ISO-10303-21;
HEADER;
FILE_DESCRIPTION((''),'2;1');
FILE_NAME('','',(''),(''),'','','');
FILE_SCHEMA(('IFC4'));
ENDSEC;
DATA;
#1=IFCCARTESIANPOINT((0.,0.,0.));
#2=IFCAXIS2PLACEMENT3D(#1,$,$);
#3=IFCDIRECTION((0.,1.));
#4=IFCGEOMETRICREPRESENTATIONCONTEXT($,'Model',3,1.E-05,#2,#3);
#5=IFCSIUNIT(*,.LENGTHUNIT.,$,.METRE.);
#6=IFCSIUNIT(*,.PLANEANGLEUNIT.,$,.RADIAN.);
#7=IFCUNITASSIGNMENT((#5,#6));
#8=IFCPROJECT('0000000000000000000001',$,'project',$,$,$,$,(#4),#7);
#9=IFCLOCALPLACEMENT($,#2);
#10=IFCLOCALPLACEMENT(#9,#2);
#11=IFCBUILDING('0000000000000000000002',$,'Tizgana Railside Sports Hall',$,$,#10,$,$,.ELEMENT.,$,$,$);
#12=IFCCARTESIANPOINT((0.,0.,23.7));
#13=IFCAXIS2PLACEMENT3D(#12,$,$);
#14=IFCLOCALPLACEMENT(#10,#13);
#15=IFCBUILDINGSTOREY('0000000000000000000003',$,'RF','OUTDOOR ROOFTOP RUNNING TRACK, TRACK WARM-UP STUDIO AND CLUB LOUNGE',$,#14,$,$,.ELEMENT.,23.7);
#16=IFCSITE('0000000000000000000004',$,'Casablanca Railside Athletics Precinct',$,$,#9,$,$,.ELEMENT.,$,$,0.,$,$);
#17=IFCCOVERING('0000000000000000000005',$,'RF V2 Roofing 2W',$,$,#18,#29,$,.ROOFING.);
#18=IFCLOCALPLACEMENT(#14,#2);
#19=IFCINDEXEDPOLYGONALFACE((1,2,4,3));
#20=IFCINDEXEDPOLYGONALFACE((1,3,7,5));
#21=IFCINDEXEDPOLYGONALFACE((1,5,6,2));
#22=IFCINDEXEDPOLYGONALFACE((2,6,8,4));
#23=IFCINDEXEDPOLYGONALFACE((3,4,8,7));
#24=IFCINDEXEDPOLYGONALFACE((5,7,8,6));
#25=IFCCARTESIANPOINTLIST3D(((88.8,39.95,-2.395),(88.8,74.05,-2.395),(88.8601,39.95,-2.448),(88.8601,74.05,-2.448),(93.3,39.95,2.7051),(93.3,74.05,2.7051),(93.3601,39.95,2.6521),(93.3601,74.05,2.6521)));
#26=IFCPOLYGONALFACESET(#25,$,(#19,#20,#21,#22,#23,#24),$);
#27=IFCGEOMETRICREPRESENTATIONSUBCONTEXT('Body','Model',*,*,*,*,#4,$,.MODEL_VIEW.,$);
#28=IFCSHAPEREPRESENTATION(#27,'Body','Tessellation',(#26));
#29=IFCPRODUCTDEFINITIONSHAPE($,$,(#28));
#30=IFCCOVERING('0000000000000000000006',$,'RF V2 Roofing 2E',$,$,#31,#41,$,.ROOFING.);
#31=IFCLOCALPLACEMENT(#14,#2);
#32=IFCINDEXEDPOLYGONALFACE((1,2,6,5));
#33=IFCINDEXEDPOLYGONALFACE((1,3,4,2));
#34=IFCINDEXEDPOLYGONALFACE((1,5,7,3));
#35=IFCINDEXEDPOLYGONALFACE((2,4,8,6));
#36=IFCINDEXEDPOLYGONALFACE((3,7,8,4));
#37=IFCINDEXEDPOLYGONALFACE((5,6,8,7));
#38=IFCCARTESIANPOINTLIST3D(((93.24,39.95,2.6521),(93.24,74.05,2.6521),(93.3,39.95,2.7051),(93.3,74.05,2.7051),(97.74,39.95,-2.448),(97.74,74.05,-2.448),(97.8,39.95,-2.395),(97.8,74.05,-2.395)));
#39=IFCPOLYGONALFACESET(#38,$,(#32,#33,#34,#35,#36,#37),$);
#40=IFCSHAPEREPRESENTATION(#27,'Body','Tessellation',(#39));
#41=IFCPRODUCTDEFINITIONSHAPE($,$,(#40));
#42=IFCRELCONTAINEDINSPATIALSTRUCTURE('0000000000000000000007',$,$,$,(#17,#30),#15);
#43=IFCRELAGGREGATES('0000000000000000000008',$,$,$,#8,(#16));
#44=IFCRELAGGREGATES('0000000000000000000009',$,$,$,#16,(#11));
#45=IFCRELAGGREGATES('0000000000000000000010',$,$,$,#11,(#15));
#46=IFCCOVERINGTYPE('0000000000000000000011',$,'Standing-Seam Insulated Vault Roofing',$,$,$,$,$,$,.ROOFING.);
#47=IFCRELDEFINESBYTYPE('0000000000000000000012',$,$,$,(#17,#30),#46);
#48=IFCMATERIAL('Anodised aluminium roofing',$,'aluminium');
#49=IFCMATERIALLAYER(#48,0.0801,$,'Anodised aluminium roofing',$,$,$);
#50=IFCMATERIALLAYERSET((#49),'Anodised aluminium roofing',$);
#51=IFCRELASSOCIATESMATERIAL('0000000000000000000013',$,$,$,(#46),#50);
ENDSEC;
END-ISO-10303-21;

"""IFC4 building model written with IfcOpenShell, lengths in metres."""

from ifc_helpers import new_model, si_unit, direction, frame, origin, place, context, subcontext, project, spatial, polyline, outline, extrude, material, layer, layer_set, type_object, element, save


model = new_model("IFC4")

# Units and contexts
model_context = context("Model", 3, precision=1e-05, world=origin(), true_north=direction((0.0, 1.0)))
body_context = subcontext(model_context, "Body", "Model", "MODEL_VIEW")
ifc_project = project(units=[si_unit("LENGTHUNIT", "METRE"), si_unit("PLANEANGLEUNIT", "RADIAN")], contexts=[model_context])

# Site, building, storey
site_placement = place(None, origin())
site = spatial("IfcSite", under=ifc_project, at=site_placement, Name="Casablanca Railside Athletics Precinct", CompositionType="ELEMENT", RefElevation=0.0)
building_placement = place(site_placement, origin())
building = spatial("IfcBuilding", under=site, at=building_placement, Name="Tizgana Railside Sports Hall", CompositionType="ELEMENT")
storey_placement = place(building_placement, frame((0.0, 0.0, 23.7)))
storey = spatial("IfcBuildingStorey", under=building, at=storey_placement, Name="RF", Description="OUTDOOR ROOFTOP RUNNING TRACK, TRACK WARM-UP STUDIO AND CLUB LOUNGE", CompositionType="ELEMENT", Elevation=23.7)

# Coverings
ifc_material_1 = material(Name="Anodised aluminium roofing", Category="aluminium")
ifc_layer_1 = layer(ifc_material_1, 0.0801, Name="Anodised aluminium roofing")
ifc_layer_set_1 = layer_set([ifc_layer_1], Name="Anodised aluminium roofing")
covering_type_1 = type_object("IfcCoveringType", Name="Standing-Seam Insulated Vault Roofing", PredefinedType="ROOFING", material=ifc_layer_set_1)
for number, where, z_axis, x_axis, name in (
    (1, (88.8, 39.95, -2.395), (-0.749844, 0.0, 0.661615), (0.661615, 0.0, 0.749844), "RF V2 Roofing 2W"),
    (2, (93.3, 39.95, 2.7051), (0.749844, 0.0, 0.661615), (0.661615, 0.0, -0.749844), "RF V2 Roofing 2E"),
):
    element("IfcCovering", number, at=place(storey_placement, frame(where, z_axis=z_axis, x_axis=x_axis)), inside=storey, type_object=covering_type_1, Name=name, PredefinedType="ROOFING", context=body_context, shape_type="SweptSolid", body=[
        extrude(outline(polyline([(0.0, 0.0), (6.8015, 0.0), (6.8015, 34.1001), (0.0, 34.1001), (0.0, 0.0)])), origin(), (0.0, 0.0, -1.0), 0.0801),
    ])

save(model, "model.ifc")
